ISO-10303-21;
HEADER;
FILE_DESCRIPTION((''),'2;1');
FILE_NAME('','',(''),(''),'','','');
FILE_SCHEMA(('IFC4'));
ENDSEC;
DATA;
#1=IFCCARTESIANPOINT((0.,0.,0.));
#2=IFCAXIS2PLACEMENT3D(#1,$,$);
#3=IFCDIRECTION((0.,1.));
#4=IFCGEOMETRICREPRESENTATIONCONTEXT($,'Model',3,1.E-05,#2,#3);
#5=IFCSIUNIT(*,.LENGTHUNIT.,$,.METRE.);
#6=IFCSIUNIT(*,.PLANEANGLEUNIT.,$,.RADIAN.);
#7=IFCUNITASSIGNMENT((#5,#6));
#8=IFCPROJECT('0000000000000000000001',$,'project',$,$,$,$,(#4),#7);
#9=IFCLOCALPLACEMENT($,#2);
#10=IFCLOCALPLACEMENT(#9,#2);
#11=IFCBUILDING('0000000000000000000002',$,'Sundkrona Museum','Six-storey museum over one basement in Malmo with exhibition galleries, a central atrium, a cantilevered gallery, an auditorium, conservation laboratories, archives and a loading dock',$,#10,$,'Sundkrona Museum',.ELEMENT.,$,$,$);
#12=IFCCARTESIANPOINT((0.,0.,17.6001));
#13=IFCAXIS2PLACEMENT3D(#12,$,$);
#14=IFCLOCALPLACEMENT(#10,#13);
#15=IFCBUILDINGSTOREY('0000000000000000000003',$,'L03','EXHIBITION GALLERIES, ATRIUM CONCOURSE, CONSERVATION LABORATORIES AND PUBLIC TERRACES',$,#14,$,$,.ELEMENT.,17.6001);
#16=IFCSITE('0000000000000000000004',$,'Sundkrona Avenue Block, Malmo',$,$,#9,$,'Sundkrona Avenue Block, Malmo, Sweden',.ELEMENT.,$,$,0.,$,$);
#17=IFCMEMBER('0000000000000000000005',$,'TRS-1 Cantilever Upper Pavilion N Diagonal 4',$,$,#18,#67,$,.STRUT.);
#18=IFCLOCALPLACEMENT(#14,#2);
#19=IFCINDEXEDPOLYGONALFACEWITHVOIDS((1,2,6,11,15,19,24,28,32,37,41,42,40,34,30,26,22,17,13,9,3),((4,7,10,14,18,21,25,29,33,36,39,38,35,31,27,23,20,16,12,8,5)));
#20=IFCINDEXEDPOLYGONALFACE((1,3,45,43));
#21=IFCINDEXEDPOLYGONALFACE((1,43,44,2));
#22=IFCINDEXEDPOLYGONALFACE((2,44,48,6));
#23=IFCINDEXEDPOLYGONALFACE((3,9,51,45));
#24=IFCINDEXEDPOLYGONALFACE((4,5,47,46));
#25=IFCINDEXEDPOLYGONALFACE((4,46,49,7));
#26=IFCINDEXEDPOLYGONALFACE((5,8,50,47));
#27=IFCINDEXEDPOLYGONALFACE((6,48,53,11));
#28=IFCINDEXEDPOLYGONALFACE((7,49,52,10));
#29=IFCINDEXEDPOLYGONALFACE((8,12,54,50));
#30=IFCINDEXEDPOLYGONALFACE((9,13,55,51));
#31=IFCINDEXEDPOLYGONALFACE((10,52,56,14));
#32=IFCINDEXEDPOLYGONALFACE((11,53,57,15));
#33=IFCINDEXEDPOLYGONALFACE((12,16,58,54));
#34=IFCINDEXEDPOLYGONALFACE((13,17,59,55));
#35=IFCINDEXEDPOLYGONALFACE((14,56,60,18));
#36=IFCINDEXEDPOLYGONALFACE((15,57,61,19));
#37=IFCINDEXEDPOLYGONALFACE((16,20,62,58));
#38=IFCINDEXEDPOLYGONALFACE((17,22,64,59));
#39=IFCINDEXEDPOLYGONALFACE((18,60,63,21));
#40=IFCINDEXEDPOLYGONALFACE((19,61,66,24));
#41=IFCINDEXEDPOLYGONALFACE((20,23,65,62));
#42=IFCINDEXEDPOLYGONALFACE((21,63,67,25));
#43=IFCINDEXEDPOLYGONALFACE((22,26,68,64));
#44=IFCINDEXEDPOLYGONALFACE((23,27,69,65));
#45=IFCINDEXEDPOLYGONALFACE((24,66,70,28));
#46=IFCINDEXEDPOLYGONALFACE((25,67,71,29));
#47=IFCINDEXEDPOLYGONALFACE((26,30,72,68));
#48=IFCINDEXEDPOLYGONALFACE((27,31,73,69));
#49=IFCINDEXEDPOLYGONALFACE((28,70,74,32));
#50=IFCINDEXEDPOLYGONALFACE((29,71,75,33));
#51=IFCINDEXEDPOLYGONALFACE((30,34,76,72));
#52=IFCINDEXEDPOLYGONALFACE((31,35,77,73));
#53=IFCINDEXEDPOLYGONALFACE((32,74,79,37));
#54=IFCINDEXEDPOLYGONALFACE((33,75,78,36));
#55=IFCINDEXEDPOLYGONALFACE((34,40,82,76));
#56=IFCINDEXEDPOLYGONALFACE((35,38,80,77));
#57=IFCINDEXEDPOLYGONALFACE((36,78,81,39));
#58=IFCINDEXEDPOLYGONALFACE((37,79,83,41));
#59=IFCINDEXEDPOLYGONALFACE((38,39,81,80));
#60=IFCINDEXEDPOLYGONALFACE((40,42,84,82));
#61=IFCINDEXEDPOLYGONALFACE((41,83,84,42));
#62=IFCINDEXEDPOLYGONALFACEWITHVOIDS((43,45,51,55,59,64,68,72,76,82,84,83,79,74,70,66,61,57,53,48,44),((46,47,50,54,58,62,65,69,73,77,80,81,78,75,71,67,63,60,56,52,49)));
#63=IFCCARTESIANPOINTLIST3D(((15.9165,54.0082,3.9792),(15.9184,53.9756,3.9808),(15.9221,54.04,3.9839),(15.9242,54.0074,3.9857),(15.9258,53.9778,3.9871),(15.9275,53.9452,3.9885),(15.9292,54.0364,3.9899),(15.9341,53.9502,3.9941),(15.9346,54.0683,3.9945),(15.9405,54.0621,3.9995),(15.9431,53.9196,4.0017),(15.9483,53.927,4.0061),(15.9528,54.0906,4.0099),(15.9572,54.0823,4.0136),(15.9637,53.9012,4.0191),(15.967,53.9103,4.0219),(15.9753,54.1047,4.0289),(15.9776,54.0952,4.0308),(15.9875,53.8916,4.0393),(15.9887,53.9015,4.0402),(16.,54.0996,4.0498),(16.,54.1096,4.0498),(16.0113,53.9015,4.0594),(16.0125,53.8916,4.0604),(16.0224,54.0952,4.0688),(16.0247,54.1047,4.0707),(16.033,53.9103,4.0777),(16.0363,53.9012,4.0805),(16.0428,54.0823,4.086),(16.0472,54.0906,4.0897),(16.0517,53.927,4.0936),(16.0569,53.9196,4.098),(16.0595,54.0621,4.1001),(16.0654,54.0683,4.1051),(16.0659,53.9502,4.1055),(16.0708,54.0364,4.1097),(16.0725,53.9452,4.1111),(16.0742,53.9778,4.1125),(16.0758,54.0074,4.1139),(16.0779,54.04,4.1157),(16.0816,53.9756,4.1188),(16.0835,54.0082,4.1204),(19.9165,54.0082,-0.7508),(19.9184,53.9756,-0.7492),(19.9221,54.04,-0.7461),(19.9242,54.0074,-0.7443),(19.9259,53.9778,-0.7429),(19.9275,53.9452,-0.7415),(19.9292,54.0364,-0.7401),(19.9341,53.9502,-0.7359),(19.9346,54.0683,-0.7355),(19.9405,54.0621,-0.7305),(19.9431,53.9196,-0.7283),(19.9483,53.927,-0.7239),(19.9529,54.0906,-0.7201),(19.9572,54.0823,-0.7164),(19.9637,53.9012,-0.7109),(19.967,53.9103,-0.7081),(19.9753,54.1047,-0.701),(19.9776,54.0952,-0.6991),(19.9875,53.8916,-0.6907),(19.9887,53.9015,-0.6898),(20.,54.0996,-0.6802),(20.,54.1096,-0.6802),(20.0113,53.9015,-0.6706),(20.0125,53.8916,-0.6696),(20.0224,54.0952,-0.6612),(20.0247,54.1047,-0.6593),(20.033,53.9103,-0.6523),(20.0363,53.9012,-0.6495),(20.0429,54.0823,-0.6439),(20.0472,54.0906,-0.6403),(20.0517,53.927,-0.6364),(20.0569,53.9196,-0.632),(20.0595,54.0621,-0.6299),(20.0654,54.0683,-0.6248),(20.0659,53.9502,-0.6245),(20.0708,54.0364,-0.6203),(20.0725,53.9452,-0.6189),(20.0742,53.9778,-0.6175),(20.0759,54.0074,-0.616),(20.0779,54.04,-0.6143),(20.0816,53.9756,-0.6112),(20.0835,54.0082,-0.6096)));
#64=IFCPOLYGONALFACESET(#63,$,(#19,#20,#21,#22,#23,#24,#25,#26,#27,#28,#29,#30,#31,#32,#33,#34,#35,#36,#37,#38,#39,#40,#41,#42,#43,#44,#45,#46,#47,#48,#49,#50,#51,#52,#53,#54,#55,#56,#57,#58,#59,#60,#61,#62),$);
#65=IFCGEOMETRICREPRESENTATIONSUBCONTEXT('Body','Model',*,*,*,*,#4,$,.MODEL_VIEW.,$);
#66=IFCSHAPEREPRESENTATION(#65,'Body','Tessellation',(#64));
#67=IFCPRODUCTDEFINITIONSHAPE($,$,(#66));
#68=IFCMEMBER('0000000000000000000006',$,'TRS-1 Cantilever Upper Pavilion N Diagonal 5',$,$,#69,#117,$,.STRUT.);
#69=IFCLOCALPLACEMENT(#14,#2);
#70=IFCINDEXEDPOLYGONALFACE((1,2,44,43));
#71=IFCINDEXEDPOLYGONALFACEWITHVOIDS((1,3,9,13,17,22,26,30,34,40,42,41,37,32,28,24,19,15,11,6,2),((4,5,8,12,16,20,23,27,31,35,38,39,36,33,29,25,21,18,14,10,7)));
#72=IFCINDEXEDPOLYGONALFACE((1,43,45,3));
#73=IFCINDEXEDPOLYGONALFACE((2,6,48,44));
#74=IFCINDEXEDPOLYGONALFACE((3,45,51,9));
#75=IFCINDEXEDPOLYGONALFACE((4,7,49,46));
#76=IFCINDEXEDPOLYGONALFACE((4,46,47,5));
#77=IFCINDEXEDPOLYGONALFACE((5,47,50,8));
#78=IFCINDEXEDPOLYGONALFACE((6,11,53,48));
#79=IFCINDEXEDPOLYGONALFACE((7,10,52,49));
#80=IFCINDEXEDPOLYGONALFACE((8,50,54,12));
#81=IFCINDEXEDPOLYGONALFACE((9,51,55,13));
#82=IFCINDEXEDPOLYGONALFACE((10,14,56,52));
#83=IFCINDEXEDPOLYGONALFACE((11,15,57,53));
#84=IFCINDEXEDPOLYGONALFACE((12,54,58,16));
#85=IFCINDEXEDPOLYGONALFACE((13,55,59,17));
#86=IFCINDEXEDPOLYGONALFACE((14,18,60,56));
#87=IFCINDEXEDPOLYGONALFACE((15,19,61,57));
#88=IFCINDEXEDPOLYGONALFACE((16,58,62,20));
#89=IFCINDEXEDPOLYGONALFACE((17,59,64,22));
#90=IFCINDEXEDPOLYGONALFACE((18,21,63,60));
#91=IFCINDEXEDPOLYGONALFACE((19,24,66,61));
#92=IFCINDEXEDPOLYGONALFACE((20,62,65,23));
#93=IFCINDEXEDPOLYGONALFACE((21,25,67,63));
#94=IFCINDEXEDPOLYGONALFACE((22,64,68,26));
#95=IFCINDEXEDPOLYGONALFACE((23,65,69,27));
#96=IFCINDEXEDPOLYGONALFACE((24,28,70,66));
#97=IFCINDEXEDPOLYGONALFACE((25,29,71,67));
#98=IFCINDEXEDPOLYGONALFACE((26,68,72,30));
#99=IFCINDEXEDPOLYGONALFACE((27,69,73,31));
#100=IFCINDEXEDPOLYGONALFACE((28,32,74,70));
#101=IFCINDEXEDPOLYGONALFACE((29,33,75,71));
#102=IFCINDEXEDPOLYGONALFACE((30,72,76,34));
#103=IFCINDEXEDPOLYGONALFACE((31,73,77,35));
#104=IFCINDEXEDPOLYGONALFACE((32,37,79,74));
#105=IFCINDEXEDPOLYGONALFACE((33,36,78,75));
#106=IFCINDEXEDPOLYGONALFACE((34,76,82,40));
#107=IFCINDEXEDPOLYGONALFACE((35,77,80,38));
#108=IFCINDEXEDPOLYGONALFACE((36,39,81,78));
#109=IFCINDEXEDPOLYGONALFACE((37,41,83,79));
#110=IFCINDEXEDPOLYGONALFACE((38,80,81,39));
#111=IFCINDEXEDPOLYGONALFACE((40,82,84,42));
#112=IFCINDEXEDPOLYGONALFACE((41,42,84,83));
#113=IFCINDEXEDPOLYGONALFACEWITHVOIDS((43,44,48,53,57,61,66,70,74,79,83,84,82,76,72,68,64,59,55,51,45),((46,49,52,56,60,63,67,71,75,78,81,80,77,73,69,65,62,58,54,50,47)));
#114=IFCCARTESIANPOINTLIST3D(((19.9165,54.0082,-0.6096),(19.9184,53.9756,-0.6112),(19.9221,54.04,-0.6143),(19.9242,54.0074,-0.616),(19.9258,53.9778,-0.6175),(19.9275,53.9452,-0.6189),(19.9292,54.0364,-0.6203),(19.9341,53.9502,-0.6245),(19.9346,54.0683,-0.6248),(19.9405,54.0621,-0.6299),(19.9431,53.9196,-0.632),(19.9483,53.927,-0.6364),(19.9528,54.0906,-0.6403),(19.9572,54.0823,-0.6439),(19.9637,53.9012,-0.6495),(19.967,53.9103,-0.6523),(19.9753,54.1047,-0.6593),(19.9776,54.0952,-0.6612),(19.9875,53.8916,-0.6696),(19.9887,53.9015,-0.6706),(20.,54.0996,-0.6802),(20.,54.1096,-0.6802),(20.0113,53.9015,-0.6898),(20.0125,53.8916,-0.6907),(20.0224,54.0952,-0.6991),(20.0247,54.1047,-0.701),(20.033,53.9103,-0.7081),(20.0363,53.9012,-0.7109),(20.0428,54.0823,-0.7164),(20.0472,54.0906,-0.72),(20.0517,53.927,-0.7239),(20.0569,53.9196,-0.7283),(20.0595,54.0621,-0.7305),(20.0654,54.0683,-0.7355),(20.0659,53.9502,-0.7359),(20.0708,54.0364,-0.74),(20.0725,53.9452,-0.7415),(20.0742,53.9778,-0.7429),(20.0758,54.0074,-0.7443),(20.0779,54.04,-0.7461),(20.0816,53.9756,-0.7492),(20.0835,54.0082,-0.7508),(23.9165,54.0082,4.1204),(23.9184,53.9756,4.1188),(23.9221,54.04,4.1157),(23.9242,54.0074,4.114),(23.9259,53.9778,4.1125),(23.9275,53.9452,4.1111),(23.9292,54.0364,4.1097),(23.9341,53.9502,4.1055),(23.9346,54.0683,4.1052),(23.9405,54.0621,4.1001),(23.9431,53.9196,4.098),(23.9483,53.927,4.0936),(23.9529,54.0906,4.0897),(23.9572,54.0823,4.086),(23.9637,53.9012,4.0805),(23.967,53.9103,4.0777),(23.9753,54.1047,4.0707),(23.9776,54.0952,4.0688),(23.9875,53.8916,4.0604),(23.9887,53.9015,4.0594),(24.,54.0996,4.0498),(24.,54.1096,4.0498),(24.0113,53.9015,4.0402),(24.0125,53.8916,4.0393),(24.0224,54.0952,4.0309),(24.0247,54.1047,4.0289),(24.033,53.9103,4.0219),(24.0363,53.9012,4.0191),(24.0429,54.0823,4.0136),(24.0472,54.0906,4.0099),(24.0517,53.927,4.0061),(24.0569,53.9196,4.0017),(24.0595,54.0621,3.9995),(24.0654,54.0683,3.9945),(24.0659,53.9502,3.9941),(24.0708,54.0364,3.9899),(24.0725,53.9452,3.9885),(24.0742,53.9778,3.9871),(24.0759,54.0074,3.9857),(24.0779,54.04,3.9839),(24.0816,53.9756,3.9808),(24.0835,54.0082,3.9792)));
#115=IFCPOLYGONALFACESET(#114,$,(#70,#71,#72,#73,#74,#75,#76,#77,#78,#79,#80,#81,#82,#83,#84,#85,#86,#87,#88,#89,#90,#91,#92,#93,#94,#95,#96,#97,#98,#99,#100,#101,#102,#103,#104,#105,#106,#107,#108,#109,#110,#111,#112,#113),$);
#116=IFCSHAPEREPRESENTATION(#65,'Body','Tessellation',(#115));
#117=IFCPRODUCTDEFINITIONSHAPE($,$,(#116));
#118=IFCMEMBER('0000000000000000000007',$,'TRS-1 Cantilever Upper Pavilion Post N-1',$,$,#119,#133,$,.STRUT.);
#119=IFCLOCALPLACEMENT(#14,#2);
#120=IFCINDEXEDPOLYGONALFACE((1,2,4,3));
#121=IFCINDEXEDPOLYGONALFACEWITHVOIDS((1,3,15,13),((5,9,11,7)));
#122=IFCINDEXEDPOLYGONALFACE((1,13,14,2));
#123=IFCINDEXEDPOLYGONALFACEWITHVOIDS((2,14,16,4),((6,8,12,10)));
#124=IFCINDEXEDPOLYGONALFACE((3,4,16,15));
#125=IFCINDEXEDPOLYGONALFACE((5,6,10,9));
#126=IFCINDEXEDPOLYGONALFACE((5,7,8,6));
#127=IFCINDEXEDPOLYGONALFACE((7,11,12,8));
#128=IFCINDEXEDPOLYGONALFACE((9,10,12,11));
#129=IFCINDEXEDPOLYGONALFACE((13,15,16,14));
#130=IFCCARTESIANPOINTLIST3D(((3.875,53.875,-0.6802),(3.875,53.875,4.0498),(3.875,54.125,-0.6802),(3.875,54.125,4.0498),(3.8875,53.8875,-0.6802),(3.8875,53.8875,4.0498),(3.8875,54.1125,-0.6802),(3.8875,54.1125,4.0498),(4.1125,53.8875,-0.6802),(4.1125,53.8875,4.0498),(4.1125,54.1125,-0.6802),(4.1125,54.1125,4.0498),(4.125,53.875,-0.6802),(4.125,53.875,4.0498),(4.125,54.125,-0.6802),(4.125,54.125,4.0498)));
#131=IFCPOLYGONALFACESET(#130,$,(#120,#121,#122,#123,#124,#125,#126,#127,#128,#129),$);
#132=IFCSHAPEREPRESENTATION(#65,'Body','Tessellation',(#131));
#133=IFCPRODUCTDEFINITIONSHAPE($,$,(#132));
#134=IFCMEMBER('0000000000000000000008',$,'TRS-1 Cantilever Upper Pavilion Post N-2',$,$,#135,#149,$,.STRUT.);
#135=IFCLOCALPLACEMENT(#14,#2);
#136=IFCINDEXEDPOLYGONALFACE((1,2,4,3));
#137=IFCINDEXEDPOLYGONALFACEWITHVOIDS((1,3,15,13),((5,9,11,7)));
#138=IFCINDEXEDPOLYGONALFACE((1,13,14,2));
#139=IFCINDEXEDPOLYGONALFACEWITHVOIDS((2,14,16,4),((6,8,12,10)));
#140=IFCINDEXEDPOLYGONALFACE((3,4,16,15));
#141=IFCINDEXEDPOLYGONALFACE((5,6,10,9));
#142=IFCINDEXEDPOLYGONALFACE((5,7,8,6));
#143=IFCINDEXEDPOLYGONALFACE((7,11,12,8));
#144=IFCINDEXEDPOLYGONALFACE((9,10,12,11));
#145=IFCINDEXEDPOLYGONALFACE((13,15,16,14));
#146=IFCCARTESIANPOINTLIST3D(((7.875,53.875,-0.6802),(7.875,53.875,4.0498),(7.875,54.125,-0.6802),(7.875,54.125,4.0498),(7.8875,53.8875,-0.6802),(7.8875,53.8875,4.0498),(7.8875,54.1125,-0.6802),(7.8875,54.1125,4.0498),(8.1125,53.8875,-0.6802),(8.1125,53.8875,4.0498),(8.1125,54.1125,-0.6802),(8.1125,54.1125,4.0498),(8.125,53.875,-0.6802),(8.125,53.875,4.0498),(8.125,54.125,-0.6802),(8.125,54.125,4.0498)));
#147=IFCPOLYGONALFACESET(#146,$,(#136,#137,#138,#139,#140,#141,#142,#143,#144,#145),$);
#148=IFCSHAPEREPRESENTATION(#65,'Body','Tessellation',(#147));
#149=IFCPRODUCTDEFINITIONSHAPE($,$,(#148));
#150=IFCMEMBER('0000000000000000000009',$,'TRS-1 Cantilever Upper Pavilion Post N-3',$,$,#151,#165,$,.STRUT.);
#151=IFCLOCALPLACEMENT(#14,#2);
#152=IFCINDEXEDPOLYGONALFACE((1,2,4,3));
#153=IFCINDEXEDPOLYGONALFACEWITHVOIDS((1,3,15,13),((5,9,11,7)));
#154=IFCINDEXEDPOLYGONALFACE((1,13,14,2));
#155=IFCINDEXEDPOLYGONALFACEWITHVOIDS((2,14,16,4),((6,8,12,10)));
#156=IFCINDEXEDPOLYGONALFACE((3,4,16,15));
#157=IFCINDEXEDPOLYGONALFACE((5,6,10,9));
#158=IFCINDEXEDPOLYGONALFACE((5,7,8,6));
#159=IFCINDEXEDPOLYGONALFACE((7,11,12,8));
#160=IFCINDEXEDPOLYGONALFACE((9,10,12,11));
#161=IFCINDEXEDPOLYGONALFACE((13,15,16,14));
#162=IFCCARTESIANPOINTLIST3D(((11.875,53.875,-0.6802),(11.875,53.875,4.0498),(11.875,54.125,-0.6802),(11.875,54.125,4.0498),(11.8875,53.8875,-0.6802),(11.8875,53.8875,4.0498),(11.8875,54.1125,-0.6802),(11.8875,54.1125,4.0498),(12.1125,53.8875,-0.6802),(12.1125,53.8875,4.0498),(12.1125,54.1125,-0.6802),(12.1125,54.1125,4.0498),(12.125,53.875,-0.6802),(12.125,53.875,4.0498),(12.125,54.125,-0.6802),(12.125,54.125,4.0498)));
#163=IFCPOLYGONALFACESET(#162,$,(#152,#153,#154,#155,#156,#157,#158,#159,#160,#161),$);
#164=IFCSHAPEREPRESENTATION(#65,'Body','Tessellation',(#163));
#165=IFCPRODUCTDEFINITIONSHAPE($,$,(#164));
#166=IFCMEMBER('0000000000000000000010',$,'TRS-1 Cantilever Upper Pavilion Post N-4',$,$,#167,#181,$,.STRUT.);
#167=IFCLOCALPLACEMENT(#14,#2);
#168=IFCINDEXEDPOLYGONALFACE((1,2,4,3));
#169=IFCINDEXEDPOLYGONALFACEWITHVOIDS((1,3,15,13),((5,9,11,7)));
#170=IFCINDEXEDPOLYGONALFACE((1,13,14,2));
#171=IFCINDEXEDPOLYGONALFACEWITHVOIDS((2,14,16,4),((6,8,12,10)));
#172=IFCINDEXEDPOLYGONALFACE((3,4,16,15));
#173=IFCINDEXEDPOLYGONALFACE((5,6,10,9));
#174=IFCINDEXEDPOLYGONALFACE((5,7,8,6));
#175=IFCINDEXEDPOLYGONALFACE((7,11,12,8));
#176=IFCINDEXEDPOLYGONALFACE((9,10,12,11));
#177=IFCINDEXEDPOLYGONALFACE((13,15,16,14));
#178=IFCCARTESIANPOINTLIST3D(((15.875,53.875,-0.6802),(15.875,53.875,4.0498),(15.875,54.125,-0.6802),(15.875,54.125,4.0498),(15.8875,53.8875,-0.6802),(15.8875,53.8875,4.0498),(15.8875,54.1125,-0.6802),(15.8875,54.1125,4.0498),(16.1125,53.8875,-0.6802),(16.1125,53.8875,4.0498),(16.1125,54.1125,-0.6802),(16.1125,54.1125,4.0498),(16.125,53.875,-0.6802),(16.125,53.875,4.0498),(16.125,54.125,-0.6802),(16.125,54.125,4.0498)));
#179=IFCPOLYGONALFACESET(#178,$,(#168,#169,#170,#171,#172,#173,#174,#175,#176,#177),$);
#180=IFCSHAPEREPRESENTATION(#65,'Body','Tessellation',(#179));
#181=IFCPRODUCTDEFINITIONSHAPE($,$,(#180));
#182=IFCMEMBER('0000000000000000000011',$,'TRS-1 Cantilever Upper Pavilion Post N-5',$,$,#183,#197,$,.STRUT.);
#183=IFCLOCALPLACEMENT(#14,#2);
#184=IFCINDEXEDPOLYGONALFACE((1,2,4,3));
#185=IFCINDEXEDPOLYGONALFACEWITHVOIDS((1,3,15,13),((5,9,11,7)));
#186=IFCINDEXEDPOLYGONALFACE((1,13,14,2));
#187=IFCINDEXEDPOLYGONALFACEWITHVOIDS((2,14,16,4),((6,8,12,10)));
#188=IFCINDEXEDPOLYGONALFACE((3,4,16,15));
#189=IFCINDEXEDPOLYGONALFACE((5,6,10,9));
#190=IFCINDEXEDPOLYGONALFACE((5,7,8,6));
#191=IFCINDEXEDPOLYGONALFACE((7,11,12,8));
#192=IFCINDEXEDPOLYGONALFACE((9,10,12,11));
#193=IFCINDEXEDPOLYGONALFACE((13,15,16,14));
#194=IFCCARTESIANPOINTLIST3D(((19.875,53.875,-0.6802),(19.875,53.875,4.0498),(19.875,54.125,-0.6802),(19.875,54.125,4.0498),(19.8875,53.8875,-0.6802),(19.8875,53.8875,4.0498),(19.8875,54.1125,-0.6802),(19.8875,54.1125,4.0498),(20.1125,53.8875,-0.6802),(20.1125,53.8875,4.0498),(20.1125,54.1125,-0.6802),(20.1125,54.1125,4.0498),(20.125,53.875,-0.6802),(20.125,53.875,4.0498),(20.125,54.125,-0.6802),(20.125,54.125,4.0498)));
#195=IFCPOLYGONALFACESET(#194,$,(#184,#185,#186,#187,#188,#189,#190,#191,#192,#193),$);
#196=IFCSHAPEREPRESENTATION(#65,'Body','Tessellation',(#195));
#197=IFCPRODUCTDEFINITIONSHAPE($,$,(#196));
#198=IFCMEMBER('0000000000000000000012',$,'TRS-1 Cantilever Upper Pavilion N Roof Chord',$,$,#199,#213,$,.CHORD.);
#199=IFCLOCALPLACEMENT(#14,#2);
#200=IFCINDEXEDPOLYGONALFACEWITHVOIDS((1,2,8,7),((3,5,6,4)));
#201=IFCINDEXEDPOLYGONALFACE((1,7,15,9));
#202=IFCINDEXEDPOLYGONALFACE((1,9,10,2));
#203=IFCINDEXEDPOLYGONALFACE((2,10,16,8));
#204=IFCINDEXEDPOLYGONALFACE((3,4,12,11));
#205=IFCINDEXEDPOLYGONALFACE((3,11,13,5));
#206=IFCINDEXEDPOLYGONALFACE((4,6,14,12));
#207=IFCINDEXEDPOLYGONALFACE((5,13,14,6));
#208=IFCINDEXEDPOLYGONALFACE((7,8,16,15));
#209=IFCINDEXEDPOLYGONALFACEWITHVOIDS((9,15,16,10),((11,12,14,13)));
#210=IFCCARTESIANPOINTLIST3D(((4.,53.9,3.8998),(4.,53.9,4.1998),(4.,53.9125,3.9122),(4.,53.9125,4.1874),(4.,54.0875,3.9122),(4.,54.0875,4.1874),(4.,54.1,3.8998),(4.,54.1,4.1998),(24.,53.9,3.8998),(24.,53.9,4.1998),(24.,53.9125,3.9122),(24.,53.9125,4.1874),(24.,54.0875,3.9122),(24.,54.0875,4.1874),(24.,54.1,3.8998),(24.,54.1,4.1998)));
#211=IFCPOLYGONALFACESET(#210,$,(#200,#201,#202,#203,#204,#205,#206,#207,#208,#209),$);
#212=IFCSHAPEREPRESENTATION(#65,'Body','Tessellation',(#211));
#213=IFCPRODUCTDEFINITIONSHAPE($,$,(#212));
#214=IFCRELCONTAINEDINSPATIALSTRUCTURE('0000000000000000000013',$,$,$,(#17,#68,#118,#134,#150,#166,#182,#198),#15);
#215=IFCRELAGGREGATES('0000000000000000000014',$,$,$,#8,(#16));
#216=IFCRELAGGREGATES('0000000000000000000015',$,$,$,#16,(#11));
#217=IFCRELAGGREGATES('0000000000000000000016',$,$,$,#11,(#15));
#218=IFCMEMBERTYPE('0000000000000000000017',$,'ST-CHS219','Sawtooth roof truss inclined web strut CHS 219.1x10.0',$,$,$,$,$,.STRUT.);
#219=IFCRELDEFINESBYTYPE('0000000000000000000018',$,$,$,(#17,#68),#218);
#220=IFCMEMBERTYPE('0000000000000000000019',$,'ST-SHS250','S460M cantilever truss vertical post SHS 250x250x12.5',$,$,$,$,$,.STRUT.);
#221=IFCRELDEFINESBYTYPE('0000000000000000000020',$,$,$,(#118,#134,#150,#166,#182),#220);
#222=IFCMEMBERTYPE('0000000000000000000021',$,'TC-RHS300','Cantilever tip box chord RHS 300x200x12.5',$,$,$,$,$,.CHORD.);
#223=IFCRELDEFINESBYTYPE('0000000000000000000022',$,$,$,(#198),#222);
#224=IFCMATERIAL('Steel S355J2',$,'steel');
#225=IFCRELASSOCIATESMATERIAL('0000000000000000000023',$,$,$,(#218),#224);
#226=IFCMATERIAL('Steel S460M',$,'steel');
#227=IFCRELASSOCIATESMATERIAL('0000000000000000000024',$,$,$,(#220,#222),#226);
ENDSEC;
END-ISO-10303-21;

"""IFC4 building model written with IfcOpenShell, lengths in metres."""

from ifc_helpers import new_model, si_unit, direction, frame, origin, origin_2d, place, context, subcontext, project, spatial, hollow_rectangle, hollow_circle, extrude, material, material_profile, profile_set, type_object, element, save


model = new_model("IFC4")

# Units and contexts
model_context = context("Model", 3, precision=1e-05, world=origin(), true_north=direction((0.0, 1.0)))
body_context = subcontext(model_context, "Body", "Model", "MODEL_VIEW")
ifc_project = project(units=[si_unit("LENGTHUNIT", "METRE"), si_unit("PLANEANGLEUNIT", "RADIAN")], contexts=[model_context])

# Site, building, storey
site_placement = place(None, origin())
site = spatial("IfcSite", under=ifc_project, at=site_placement, Name="Sundkrona Avenue Block, Malmo", LongName="Sundkrona Avenue Block, Malmo, Sweden", CompositionType="ELEMENT", RefElevation=0.0)
building_placement = place(site_placement, origin())
building = spatial("IfcBuilding", under=site, at=building_placement, Name="Sundkrona Museum", Description="Six-storey museum over one basement in Malmo with exhibition galleries, a central atrium, a cantilevered gallery, an auditorium, conservation laboratories, archives and a loading dock", LongName="Sundkrona Museum", CompositionType="ELEMENT")
storey_placement = place(building_placement, frame((0.0, 0.0, 17.6001)))
storey = spatial("IfcBuildingStorey", under=building, at=storey_placement, Name="L03", Description="EXHIBITION GALLERIES, ATRIUM CONCOURSE, CONSERVATION LABORATORIES AND PUBLIC TERRACES", CompositionType="ELEMENT", Elevation=17.6001)

# Shared definitions
ifc_material_1 = material(Name="Steel S355J2", Category="steel")
ifc_material_2 = material(Name="Steel S460M", Category="steel")

# Members
ifc_material_profile_1 = material_profile(ifc_material_1, hollow_circle(Radius=0.1096, WallThickness=0.01, at=origin_2d()), Name="CHS 219.1x10.0")
ifc_profile_set_1 = profile_set([ifc_material_profile_1], Name="Steel S355J2")
member_type_1 = type_object("IfcMemberType", Name="ST-CHS219", Description="Sawtooth roof truss inclined web strut CHS 219.1x10.0", PredefinedType="STRUT", material=ifc_profile_set_1)
for number, where, z_axis, x_axis, name in (
    (1, (16.0, 54.0, 4.0498), (0.645727, 0.0, -0.763569), (0.0, 1.0, 0.0), "TRS-1 Cantilever Upper Pavilion N Diagonal 4"),
    (2, (20.0, 54.0, -0.6802), (0.645727, 0.0, 0.763569), (0.0, 1.0, 0.0), "TRS-1 Cantilever Upper Pavilion N Diagonal 5"),
):
    element("IfcMember", number, at=place(storey_placement, frame(where, z_axis=z_axis, x_axis=x_axis)), inside=storey, type_object=member_type_1, Name=name, PredefinedType="STRUT", context=body_context, shape_type="SweptSolid", body=[
        extrude(hollow_circle(Radius=0.1096, WallThickness=0.01, at=origin_2d()), origin(), (0.0, 0.0, 1.0), 6.1946),
    ])
ifc_material_profile_2 = material_profile(ifc_material_2, hollow_rectangle(XDim=0.25, YDim=0.25, WallThickness=0.0125, at=origin_2d()), Name="SHS 250x250x12.5")
ifc_profile_set_2 = profile_set([ifc_material_profile_2], Name="Steel S460M")
member_type_2 = type_object("IfcMemberType", Name="ST-SHS250", Description="S460M cantilever truss vertical post SHS 250x250x12.5", PredefinedType="STRUT", material=ifc_profile_set_2)
for number, where, z_axis, x_axis, name in (
    (3, (4.0, 54.0, -0.6802), (0.0, 0.0, 1.0), (1.0, 0.0, 0.0), "TRS-1 Cantilever Upper Pavilion Post N-1"),
    (4, (8.0, 54.0, -0.6802), (0.0, 0.0, 1.0), (1.0, 0.0, 0.0), "TRS-1 Cantilever Upper Pavilion Post N-2"),
    (5, (12.0, 54.0, -0.6802), (0.0, 0.0, 1.0), (1.0, 0.0, 0.0), "TRS-1 Cantilever Upper Pavilion Post N-3"),
    (6, (16.0, 54.0, -0.6802), (0.0, 0.0, 1.0), (1.0, 0.0, 0.0), "TRS-1 Cantilever Upper Pavilion Post N-4"),
    (7, (20.0, 54.0, -0.6802), (0.0, 0.0, 1.0), (1.0, 0.0, 0.0), "TRS-1 Cantilever Upper Pavilion Post N-5"),
):
    element("IfcMember", number, at=place(storey_placement, frame(where, z_axis=z_axis, x_axis=x_axis)), inside=storey, type_object=member_type_2, Name=name, PredefinedType="STRUT", context=body_context, shape_type="SweptSolid", body=[
        extrude(hollow_rectangle(XDim=0.25, YDim=0.25, WallThickness=0.0125, at=origin_2d()), origin(), (0.0, 0.0, 1.0), 4.73),
    ])
ifc_material_profile_3 = material_profile(ifc_material_2, hollow_rectangle(XDim=0.2, YDim=0.3, WallThickness=0.0125, at=origin_2d()), Name="RHS 300x200x12.5")
ifc_profile_set_3 = profile_set([ifc_material_profile_3], Name="Steel S460M")
member_type_3 = type_object("IfcMemberType", Name="TC-RHS300", Description="Cantilever tip box chord RHS 300x200x12.5", PredefinedType="CHORD", material=ifc_profile_set_3)
member_1_placement = place(storey_placement, frame((4.0, 54.0, 4.0498), z_axis=(1.0, 0.0, 0.0), x_axis=(0.0, 1.0, 0.0)))
element("IfcMember", 8, at=member_1_placement, inside=storey, type_object=member_type_3, Name="TRS-1 Cantilever Upper Pavilion N Roof Chord", PredefinedType="CHORD", context=body_context, shape_type="SweptSolid", body=[
    extrude(hollow_rectangle(XDim=0.2, YDim=0.3, WallThickness=0.0125, at=origin_2d()), origin(), (0.0, 0.0, 1.0), 20.0),
])

save(model, "model.ifc")
